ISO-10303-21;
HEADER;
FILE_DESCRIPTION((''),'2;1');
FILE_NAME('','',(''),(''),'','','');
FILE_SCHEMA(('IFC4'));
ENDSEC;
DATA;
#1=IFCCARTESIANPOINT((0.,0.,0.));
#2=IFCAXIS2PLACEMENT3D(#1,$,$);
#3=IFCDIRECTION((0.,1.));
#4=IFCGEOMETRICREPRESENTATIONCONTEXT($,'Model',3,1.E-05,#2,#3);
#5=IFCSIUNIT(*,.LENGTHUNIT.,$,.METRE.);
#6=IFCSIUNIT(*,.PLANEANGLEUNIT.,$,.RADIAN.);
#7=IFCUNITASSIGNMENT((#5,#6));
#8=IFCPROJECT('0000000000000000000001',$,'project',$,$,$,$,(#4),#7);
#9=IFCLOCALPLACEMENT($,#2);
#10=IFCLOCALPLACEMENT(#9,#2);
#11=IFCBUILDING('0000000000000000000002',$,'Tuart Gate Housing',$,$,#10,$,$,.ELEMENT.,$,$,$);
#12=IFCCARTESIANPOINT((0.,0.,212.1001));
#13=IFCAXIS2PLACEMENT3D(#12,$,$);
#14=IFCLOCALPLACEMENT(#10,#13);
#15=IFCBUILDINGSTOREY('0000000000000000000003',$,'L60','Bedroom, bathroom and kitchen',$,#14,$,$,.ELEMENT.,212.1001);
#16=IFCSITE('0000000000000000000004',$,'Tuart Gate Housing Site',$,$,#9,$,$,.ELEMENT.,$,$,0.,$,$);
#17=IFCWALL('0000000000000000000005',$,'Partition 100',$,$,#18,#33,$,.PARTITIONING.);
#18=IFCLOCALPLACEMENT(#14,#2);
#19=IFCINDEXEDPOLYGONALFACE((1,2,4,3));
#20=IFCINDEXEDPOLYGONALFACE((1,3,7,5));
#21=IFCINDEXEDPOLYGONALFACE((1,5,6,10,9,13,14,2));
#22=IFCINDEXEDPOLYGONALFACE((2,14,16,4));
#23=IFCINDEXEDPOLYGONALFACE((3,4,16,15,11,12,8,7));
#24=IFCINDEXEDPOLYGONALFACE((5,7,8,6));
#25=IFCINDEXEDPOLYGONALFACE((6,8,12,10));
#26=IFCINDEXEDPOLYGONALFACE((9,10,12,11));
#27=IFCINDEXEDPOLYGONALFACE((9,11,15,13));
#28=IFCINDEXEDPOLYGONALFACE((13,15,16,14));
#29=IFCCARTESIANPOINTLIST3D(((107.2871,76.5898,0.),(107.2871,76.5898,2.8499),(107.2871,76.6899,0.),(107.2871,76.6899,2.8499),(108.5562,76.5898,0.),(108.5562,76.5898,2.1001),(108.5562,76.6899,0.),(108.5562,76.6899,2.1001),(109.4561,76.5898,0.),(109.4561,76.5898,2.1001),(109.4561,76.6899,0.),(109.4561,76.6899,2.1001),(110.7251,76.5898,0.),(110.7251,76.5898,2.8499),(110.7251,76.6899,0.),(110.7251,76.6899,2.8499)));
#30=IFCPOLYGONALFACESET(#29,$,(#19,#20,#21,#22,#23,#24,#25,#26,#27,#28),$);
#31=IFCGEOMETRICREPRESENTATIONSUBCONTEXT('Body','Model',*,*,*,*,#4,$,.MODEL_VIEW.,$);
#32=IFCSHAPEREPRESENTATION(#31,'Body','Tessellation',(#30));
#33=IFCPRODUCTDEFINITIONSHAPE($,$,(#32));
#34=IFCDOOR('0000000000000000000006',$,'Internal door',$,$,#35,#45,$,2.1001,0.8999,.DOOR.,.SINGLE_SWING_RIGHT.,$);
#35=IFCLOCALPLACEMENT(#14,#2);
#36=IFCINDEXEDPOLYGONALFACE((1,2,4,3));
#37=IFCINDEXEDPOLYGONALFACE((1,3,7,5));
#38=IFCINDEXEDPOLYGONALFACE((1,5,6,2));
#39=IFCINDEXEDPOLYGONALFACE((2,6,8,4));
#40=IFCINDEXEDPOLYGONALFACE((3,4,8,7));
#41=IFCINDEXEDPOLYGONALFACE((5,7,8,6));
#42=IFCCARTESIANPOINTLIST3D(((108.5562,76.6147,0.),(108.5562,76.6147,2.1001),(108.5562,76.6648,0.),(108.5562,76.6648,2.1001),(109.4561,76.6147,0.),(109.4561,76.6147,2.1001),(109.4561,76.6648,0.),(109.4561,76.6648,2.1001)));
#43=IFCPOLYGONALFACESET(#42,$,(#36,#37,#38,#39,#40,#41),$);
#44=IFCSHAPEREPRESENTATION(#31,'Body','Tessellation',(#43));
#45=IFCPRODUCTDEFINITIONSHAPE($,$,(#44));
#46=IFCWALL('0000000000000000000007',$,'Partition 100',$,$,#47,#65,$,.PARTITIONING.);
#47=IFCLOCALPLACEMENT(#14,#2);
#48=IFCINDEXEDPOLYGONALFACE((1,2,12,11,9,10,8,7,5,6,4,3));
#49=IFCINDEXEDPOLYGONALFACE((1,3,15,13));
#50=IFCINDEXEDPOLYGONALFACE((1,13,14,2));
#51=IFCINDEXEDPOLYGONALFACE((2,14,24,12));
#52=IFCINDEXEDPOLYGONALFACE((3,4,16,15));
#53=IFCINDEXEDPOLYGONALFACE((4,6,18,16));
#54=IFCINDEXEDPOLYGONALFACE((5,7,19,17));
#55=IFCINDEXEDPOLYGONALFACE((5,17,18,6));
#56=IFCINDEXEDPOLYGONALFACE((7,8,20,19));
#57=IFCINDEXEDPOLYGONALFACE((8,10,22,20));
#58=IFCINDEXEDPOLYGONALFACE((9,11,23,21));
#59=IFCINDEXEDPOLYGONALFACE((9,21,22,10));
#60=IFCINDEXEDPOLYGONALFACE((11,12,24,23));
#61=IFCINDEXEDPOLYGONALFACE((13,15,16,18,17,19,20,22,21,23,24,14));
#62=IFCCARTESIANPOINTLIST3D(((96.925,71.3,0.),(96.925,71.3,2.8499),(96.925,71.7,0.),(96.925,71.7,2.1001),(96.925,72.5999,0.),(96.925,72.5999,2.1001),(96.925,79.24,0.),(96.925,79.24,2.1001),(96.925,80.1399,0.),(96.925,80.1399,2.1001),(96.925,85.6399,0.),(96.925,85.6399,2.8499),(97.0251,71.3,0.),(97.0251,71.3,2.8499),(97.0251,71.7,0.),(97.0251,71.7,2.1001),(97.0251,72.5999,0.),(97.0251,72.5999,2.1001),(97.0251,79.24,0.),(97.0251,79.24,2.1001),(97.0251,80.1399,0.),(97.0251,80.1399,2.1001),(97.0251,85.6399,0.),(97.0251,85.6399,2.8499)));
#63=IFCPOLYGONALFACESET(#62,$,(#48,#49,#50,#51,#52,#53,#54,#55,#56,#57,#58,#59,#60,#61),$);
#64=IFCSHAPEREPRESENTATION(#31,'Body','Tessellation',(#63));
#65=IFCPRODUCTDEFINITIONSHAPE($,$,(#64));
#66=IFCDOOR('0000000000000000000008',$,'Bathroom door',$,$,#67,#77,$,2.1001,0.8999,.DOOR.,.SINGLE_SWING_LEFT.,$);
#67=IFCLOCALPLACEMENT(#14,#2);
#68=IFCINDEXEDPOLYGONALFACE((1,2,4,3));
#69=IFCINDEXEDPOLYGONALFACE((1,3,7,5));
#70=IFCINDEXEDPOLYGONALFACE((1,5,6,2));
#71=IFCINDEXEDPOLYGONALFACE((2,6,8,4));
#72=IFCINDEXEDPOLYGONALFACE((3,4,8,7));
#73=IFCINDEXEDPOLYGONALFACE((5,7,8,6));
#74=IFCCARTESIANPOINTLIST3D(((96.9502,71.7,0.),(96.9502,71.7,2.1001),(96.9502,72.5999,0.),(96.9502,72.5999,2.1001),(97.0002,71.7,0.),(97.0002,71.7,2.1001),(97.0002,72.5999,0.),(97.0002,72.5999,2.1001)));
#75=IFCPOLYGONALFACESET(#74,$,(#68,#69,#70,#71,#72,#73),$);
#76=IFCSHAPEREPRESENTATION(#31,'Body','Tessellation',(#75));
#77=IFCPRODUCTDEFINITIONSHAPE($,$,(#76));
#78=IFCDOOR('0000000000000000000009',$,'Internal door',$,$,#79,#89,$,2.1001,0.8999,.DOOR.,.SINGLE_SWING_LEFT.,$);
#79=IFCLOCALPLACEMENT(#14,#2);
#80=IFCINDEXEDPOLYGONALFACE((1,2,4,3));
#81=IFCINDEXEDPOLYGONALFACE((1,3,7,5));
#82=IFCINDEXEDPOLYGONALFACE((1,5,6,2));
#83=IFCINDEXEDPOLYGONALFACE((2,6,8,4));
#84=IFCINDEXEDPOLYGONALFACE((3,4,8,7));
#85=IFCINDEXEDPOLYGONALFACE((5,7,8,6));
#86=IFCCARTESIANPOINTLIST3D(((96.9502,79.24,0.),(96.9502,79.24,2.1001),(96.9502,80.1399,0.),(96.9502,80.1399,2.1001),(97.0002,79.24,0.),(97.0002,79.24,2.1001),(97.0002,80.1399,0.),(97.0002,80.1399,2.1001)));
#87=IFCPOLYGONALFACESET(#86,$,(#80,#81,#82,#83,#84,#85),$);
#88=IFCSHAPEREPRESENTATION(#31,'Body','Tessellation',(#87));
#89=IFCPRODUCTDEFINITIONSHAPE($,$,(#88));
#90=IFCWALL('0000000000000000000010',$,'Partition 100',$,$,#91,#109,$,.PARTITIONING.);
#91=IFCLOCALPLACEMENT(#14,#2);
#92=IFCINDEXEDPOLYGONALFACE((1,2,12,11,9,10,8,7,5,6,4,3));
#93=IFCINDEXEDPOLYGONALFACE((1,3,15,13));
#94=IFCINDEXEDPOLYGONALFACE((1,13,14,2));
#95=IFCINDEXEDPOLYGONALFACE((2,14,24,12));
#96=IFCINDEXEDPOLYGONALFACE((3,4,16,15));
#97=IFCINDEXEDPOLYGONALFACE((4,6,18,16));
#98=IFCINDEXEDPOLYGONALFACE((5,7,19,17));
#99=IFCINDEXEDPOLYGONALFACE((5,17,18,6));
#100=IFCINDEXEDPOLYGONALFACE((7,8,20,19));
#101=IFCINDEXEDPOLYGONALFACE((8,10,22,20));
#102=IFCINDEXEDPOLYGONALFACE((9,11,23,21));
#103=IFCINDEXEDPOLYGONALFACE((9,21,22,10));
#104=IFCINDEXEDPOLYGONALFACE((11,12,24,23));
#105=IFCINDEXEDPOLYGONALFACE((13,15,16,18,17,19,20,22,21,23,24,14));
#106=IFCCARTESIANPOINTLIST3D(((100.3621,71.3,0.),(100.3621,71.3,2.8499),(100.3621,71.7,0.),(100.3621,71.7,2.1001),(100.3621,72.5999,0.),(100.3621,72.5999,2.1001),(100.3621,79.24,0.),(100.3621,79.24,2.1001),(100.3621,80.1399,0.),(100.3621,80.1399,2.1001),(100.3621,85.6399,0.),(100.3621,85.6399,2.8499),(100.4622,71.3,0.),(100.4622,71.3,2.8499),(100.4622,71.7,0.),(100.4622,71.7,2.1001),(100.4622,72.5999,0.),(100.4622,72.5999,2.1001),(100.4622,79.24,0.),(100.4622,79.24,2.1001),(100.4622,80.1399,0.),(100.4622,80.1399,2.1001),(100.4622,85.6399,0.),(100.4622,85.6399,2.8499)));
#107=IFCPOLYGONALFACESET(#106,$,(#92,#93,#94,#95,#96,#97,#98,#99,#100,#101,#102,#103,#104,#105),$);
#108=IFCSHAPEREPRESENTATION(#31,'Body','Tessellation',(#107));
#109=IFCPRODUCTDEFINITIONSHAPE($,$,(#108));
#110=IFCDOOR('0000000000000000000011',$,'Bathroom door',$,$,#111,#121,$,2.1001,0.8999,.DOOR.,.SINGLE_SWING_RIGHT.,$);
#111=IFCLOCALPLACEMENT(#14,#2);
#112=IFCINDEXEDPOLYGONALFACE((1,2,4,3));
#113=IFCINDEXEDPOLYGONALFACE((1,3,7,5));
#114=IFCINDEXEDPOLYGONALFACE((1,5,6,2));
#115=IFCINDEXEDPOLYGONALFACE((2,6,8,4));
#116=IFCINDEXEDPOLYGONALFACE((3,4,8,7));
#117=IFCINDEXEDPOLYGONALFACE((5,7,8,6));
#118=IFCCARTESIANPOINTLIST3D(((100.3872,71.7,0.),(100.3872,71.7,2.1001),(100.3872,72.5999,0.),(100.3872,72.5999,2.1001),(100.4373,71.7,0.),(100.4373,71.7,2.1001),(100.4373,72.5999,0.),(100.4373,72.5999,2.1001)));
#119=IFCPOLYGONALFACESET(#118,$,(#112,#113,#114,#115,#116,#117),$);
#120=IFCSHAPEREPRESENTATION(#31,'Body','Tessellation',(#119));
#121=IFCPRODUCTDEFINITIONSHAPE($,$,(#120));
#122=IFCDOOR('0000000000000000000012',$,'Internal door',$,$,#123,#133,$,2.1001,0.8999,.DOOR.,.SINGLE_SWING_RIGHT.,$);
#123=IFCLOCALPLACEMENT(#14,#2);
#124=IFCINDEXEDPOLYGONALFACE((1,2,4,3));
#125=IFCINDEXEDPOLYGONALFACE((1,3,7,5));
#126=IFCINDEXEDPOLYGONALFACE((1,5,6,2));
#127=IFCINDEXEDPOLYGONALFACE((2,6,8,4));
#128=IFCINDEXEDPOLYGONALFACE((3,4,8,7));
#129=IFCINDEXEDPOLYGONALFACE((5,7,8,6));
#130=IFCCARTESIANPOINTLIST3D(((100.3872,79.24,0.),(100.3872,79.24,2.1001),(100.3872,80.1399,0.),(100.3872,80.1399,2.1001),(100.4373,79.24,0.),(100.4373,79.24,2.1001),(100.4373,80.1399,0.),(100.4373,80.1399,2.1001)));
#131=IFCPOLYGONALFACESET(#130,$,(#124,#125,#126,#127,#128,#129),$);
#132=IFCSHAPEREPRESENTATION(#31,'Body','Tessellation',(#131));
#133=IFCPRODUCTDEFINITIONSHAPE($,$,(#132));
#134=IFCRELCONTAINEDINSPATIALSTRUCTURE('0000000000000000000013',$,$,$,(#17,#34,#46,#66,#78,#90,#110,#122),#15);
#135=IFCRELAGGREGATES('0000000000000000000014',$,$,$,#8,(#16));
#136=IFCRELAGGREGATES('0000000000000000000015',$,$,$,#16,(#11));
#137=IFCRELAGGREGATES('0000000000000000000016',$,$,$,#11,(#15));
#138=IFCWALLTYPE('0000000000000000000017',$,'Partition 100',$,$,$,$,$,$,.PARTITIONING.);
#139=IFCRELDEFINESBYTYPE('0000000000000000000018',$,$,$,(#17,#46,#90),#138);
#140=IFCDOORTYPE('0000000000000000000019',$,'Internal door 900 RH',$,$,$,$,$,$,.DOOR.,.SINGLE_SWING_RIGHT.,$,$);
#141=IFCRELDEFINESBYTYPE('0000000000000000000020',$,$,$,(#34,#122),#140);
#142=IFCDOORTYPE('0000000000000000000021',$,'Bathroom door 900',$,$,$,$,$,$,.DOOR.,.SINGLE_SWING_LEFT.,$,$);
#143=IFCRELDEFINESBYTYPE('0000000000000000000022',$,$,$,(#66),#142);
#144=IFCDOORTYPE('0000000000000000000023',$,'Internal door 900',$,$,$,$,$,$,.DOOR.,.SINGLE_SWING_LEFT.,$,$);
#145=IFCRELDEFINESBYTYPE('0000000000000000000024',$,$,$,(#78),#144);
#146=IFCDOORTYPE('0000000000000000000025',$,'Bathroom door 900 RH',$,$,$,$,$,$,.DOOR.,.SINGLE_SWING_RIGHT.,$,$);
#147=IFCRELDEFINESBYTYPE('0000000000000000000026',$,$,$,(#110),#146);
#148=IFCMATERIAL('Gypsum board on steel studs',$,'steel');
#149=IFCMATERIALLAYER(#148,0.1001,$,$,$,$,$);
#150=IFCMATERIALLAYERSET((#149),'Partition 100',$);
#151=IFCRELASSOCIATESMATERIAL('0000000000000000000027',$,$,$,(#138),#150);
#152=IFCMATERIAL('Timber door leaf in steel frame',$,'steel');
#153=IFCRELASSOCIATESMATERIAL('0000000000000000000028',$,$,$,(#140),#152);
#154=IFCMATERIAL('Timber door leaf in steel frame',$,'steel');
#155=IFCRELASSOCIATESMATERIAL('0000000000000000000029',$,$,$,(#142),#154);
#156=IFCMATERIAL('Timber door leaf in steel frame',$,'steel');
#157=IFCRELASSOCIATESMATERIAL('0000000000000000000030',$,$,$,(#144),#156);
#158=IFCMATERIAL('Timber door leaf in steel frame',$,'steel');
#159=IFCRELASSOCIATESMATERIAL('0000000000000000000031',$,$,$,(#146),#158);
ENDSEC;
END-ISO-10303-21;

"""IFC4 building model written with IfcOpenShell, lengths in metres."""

from ifc_helpers import new_model, si_unit, direction, frame, frame_2d, origin, place, context, subcontext, project, spatial, rectangle, extrude, material, layer, layer_set, type_object, element, fill, save


model = new_model("IFC4")

# Units and contexts
model_context = context("Model", 3, precision=1e-05, world=origin(), true_north=direction((0.0, 1.0)))
body_context = subcontext(model_context, "Body", "Model", "MODEL_VIEW")
ifc_project = project(units=[si_unit("LENGTHUNIT", "METRE"), si_unit("PLANEANGLEUNIT", "RADIAN")], contexts=[model_context])

# Site, building, storey
site_placement = place(None, origin())
site = spatial("IfcSite", under=ifc_project, at=site_placement, Name="Tuart Gate Housing Site", CompositionType="ELEMENT", RefElevation=0.0)
building_placement = place(site_placement, origin())
building = spatial("IfcBuilding", under=site, at=building_placement, Name="Tuart Gate Housing", CompositionType="ELEMENT")
storey_placement = place(building_placement, frame((0.0, 0.0, 212.1001)))
storey = spatial("IfcBuildingStorey", under=building, at=storey_placement, Name="L60", Description="Bedroom, bathroom and kitchen", CompositionType="ELEMENT", Elevation=212.1001)

# Shared definitions
ifc_material_1 = material(Name="Gypsum board on steel studs", Category="steel")
ifc_layer_1 = layer(ifc_material_1, 0.1001)
ifc_layer_set_1 = layer_set([ifc_layer_1], Name="Partition 100")
wall_type_1 = type_object("IfcWallType", Name="Partition 100", PredefinedType="PARTITIONING", material=ifc_layer_set_1)

# Wall, opening, door
wall_1_placement = place(storey_placement, frame((107.2871, 76.6399, 0.0), z_axis=(0.0, 0.0, 1.0), x_axis=(1.0, 0.0, 0.0)))
wall_1 = element("IfcWall", 1, at=wall_1_placement, inside=storey, type_object=wall_type_1, Name="Partition 100", PredefinedType="PARTITIONING", context=body_context, shape_type="SweptSolid", body=[
    extrude(rectangle(XDim=3.438, YDim=0.1001, at=frame_2d((1.719, 0.0))), origin(), (0.0, 0.0, 1.0), 2.8499),
])
opening_1_placement = place(wall_1_placement, frame((1.269, 0.0, 0.0)))
opening_1 = element("IfcOpeningElement", 2, at=opening_1_placement, cuts=wall_1, PredefinedType="OPENING", context=body_context, shape_type="SweptSolid", body=[
    extrude(rectangle(XDim=0.8999, YDim=2.1001, at=frame_2d((0.45, 1.05))), frame((0.0, 0.0601, 0.0), z_axis=(0.0, -1.0, 0.0), x_axis=(1.0, 0.0, 0.0)), (0.0, 0.0, 1.0), 0.1201),
])
ifc_material_2 = material(Name="Timber door leaf in steel frame", Category="steel")
door_type_1 = type_object("IfcDoorType", Name="Internal door 900 RH", OperationType="SINGLE_SWING_RIGHT", PredefinedType="DOOR", material=ifc_material_2)
door_1_placement = place(opening_1_placement, frame((0.8999, 0.0, 0.0), z_axis=(0.0, 0.0, 1.0), x_axis=(-1.0, 0.0, 0.0)))
door_1 = element("IfcDoor", 3, at=door_1_placement, inside=storey, type_object=door_type_1, Name="Internal door", OperationType="SINGLE_SWING_RIGHT", OverallHeight=2.1001, OverallWidth=0.8999, PredefinedType="DOOR", context=body_context, shape_type="SweptSolid", body=[
    extrude(rectangle(XDim=0.8999, YDim=2.1001, at=frame_2d((0.45, 1.05))), frame((0.0, 0.0251, 0.0), z_axis=(0.0, -1.0, 0.0), x_axis=(1.0, 0.0, 0.0)), (0.0, 0.0, 1.0), 0.05),
])
fill(opening_1, door_1)

# Walls, openings, doors
wall_2_placement = place(storey_placement, frame((96.9751, 71.3, 0.0), z_axis=(0.0, 0.0, 1.0), x_axis=(0.0, 1.0, 0.0)))
wall_2 = element("IfcWall", 4, at=wall_2_placement, inside=storey, type_object=wall_type_1, Name="Partition 100", PredefinedType="PARTITIONING", context=body_context, shape_type="SweptSolid", body=[
    extrude(rectangle(XDim=14.3398, YDim=0.1001, at=frame_2d((7.1699, 0.0))), origin(), (0.0, 0.0, 1.0), 2.8499),
])
opening_2_placement = place(wall_2_placement, frame((7.9399, 0.0, 0.0)))
opening_2 = element("IfcOpeningElement", 5, at=opening_2_placement, cuts=wall_2, PredefinedType="OPENING", context=body_context, shape_type="SweptSolid", body=[
    extrude(rectangle(XDim=0.8999, YDim=2.1001, at=frame_2d((0.45, 1.05))), frame((0.0, 0.0601, 0.0), z_axis=(0.0, -1.0, 0.0), x_axis=(1.0, 0.0, 0.0)), (0.0, 0.0, 1.0), 0.1201),
])
opening_3_placement = place(wall_2_placement, frame((0.3999, 0.0, 0.0)))
opening_3 = element("IfcOpeningElement", 6, at=opening_3_placement, cuts=wall_2, PredefinedType="OPENING", context=body_context, shape_type="SweptSolid", body=[
    extrude(rectangle(XDim=0.8999, YDim=2.1001, at=frame_2d((0.45, 1.05))), frame((0.0, 0.0601, 0.0), z_axis=(0.0, -1.0, 0.0), x_axis=(1.0, 0.0, 0.0)), (0.0, 0.0, 1.0), 0.1201),
])
ifc_material_3 = material(Name="Timber door leaf in steel frame", Category="steel")
door_type_2 = type_object("IfcDoorType", Name="Bathroom door 900", OperationType="SINGLE_SWING_LEFT", PredefinedType="DOOR", material=ifc_material_3)
door_2_placement = place(opening_3_placement, origin())
door_2 = element("IfcDoor", 7, at=door_2_placement, inside=storey, type_object=door_type_2, Name="Bathroom door", OperationType="SINGLE_SWING_LEFT", OverallHeight=2.1001, OverallWidth=0.8999, PredefinedType="DOOR", context=body_context, shape_type="SweptSolid", body=[
    extrude(rectangle(XDim=0.8999, YDim=2.1001, at=frame_2d((0.45, 1.05))), frame((0.0, 0.0249, 0.0), z_axis=(0.0, -1.0, 0.0), x_axis=(1.0, 0.0, 0.0)), (0.0, 0.0, 1.0), 0.05),
])
fill(opening_3, door_2)
ifc_material_4 = material(Name="Timber door leaf in steel frame", Category="steel")
door_type_3 = type_object("IfcDoorType", Name="Internal door 900", OperationType="SINGLE_SWING_LEFT", PredefinedType="DOOR", material=ifc_material_4)
door_3_placement = place(opening_2_placement, origin())
door_3 = element("IfcDoor", 8, at=door_3_placement, inside=storey, type_object=door_type_3, Name="Internal door", OperationType="SINGLE_SWING_LEFT", OverallHeight=2.1001, OverallWidth=0.8999, PredefinedType="DOOR", context=body_context, shape_type="SweptSolid", body=[
    extrude(rectangle(XDim=0.8999, YDim=2.1001, at=frame_2d((0.45, 1.05))), frame((0.0, 0.0249, 0.0), z_axis=(0.0, -1.0, 0.0), x_axis=(1.0, 0.0, 0.0)), (0.0, 0.0, 1.0), 0.05),
])
fill(opening_2, door_3)
wall_3_placement = place(storey_placement, frame((100.4121, 71.3, 0.0), z_axis=(0.0, 0.0, 1.0), x_axis=(0.0, 1.0, 0.0)))
wall_3 = element("IfcWall", 9, at=wall_3_placement, inside=storey, type_object=wall_type_1, Name="Partition 100", PredefinedType="PARTITIONING", context=body_context, shape_type="SweptSolid", body=[
    extrude(rectangle(XDim=14.3398, YDim=0.1001, at=frame_2d((7.1699, 0.0))), origin(), (0.0, 0.0, 1.0), 2.8499),
])
opening_4_placement = place(wall_3_placement, frame((7.9399, 0.0, 0.0)))
opening_4 = element("IfcOpeningElement", 10, at=opening_4_placement, cuts=wall_3, PredefinedType="OPENING", context=body_context, shape_type="SweptSolid", body=[
    extrude(rectangle(XDim=0.8999, YDim=2.1001, at=frame_2d((0.45, 1.05))), frame((0.0, 0.0601, 0.0), z_axis=(0.0, -1.0, 0.0), x_axis=(1.0, 0.0, 0.0)), (0.0, 0.0, 1.0), 0.1201),
])
opening_5_placement = place(wall_3_placement, frame((0.3999, 0.0, 0.0)))
opening_5 = element("IfcOpeningElement", 11, at=opening_5_placement, cuts=wall_3, PredefinedType="OPENING", context=body_context, shape_type="SweptSolid", body=[
    extrude(rectangle(XDim=0.8999, YDim=2.1001, at=frame_2d((0.45, 1.05))), frame((0.0, 0.0601, 0.0), z_axis=(0.0, -1.0, 0.0), x_axis=(1.0, 0.0, 0.0)), (0.0, 0.0, 1.0), 0.1201),
])
ifc_material_5 = material(Name="Timber door leaf in steel frame", Category="steel")
door_type_4 = type_object("IfcDoorType", Name="Bathroom door 900 RH", OperationType="SINGLE_SWING_RIGHT", PredefinedType="DOOR", material=ifc_material_5)
door_4_placement = place(opening_5_placement, frame((0.8999, 0.0, 0.0), z_axis=(0.0, 0.0, 1.0), x_axis=(-1.0, 0.0, 0.0)))
door_4 = element("IfcDoor", 12, at=door_4_placement, inside=storey, type_object=door_type_4, Name="Bathroom door", OperationType="SINGLE_SWING_RIGHT", OverallHeight=2.1001, OverallWidth=0.8999, PredefinedType="DOOR", context=body_context, shape_type="SweptSolid", body=[
    extrude(rectangle(XDim=0.8999, YDim=2.1001, at=frame_2d((0.45, 1.05))), frame((0.0, 0.0251, 0.0), z_axis=(0.0, -1.0, 0.0), x_axis=(1.0, 0.0, 0.0)), (0.0, 0.0, 1.0), 0.05),
])
fill(opening_5, door_4)
door_5_placement = place(opening_4_placement, frame((0.8999, 0.0, 0.0), z_axis=(0.0, 0.0, 1.0), x_axis=(-1.0, 0.0, 0.0)))
door_5 = element("IfcDoor", 13, at=door_5_placement, inside=storey, type_object=door_type_1, Name="Internal door", OperationType="SINGLE_SWING_RIGHT", OverallHeight=2.1001, OverallWidth=0.8999, PredefinedType="DOOR", context=body_context, shape_type="SweptSolid", body=[
    extrude(rectangle(XDim=0.8999, YDim=2.1001, at=frame_2d((0.45, 1.05))), frame((0.0, 0.0251, 0.0), z_axis=(0.0, -1.0, 0.0), x_axis=(1.0, 0.0, 0.0)), (0.0, 0.0, 1.0), 0.05),
])
fill(opening_4, door_5)

save(model, "model.ifc")
